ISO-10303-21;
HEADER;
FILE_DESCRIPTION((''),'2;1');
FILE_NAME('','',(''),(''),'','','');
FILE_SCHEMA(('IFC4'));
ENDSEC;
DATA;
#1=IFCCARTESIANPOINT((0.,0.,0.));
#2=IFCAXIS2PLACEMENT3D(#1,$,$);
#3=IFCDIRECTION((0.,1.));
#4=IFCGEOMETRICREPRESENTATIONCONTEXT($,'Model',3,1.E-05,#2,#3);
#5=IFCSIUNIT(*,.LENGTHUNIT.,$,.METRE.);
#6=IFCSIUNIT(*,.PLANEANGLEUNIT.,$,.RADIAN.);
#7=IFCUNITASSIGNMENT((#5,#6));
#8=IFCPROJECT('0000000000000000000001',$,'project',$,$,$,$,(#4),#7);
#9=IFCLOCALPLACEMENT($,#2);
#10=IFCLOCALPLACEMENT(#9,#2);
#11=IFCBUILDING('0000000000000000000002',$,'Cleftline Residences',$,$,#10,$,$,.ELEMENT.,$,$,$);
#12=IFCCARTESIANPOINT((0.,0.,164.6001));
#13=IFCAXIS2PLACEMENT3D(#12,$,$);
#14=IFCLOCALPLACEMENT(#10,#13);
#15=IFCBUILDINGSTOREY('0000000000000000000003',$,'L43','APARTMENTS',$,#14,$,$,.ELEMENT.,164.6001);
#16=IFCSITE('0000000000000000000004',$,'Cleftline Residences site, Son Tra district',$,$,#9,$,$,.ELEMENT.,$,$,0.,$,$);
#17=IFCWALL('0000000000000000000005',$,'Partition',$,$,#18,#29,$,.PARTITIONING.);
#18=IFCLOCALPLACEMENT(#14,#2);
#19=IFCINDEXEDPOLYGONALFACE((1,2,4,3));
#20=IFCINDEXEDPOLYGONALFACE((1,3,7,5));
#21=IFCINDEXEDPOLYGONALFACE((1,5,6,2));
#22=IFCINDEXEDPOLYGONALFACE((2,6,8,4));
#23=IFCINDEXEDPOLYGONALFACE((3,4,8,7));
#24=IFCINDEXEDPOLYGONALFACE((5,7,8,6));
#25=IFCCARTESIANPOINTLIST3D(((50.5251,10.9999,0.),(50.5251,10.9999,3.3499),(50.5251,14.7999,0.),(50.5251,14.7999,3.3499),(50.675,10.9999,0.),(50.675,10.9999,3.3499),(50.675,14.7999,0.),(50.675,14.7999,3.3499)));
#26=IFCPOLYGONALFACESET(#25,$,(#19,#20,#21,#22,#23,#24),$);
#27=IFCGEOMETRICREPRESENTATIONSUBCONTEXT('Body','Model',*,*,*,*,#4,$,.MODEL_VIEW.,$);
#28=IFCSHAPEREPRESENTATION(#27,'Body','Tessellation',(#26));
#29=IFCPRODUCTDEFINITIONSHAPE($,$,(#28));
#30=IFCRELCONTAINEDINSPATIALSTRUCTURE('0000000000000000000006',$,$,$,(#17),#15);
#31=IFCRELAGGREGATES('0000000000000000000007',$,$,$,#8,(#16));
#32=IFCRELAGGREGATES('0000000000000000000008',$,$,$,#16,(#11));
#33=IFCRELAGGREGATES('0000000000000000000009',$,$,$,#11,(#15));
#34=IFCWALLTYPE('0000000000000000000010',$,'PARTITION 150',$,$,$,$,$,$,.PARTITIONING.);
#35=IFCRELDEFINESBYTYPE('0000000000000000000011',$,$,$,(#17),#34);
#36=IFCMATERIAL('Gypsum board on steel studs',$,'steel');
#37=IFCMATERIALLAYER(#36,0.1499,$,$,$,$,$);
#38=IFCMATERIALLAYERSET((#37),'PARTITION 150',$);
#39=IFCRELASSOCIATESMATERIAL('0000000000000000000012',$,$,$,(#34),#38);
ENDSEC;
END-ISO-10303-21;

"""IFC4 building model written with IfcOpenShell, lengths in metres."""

from ifc_helpers import new_model, si_unit, direction, frame, frame_2d, origin, place, context, subcontext, project, spatial, rectangle, extrude, material, layer, layer_set, type_object, element, save


model = new_model("IFC4")

# Units and contexts
model_context = context("Model", 3, precision=1e-05, world=origin(), true_north=direction((0.0, 1.0)))
body_context = subcontext(model_context, "Body", "Model", "MODEL_VIEW")
ifc_project = project(units=[si_unit("LENGTHUNIT", "METRE"), si_unit("PLANEANGLEUNIT", "RADIAN")], contexts=[model_context])

# Site, building, storey
site_placement = place(None, origin())
site = spatial("IfcSite", under=ifc_project, at=site_placement, Name="Cleftline Residences site, Son Tra district", CompositionType="ELEMENT", RefElevation=0.0)
building_placement = place(site_placement, origin())
building = spatial("IfcBuilding", under=site, at=building_placement, Name="Cleftline Residences", CompositionType="ELEMENT")
storey_placement = place(building_placement, frame((0.0, 0.0, 164.6001)))
storey = spatial("IfcBuildingStorey", under=building, at=storey_placement, Name="L43", Description="APARTMENTS", CompositionType="ELEMENT", Elevation=164.6001)

# Shared definitions
ifc_material_1 = material(Name="Gypsum board on steel studs", Category="steel")
ifc_layer_1 = layer(ifc_material_1, 0.1499)
ifc_layer_set_1 = layer_set([ifc_layer_1], Name="PARTITION 150")
wall_type = type_object("IfcWallType", Name="PARTITION 150", PredefinedType="PARTITIONING", material=ifc_layer_set_1)

# Wall
wall_1_placement = place(storey_placement, frame((50.6001, 11.0, 0.0), z_axis=(0.0, 0.0, 1.0), x_axis=(0.0, 1.0, 0.0)))
element("IfcWall", 1, at=wall_1_placement, inside=storey, type_object=wall_type, Name="Partition", PredefinedType="PARTITIONING", context=body_context, shape_type="SweptSolid", body=[
    extrude(rectangle(XDim=3.8, YDim=0.1499, at=frame_2d((1.8999, 0.0))), origin(), (0.0, 0.0, 1.0), 3.3499),
])

save(model, "model.ifc")
